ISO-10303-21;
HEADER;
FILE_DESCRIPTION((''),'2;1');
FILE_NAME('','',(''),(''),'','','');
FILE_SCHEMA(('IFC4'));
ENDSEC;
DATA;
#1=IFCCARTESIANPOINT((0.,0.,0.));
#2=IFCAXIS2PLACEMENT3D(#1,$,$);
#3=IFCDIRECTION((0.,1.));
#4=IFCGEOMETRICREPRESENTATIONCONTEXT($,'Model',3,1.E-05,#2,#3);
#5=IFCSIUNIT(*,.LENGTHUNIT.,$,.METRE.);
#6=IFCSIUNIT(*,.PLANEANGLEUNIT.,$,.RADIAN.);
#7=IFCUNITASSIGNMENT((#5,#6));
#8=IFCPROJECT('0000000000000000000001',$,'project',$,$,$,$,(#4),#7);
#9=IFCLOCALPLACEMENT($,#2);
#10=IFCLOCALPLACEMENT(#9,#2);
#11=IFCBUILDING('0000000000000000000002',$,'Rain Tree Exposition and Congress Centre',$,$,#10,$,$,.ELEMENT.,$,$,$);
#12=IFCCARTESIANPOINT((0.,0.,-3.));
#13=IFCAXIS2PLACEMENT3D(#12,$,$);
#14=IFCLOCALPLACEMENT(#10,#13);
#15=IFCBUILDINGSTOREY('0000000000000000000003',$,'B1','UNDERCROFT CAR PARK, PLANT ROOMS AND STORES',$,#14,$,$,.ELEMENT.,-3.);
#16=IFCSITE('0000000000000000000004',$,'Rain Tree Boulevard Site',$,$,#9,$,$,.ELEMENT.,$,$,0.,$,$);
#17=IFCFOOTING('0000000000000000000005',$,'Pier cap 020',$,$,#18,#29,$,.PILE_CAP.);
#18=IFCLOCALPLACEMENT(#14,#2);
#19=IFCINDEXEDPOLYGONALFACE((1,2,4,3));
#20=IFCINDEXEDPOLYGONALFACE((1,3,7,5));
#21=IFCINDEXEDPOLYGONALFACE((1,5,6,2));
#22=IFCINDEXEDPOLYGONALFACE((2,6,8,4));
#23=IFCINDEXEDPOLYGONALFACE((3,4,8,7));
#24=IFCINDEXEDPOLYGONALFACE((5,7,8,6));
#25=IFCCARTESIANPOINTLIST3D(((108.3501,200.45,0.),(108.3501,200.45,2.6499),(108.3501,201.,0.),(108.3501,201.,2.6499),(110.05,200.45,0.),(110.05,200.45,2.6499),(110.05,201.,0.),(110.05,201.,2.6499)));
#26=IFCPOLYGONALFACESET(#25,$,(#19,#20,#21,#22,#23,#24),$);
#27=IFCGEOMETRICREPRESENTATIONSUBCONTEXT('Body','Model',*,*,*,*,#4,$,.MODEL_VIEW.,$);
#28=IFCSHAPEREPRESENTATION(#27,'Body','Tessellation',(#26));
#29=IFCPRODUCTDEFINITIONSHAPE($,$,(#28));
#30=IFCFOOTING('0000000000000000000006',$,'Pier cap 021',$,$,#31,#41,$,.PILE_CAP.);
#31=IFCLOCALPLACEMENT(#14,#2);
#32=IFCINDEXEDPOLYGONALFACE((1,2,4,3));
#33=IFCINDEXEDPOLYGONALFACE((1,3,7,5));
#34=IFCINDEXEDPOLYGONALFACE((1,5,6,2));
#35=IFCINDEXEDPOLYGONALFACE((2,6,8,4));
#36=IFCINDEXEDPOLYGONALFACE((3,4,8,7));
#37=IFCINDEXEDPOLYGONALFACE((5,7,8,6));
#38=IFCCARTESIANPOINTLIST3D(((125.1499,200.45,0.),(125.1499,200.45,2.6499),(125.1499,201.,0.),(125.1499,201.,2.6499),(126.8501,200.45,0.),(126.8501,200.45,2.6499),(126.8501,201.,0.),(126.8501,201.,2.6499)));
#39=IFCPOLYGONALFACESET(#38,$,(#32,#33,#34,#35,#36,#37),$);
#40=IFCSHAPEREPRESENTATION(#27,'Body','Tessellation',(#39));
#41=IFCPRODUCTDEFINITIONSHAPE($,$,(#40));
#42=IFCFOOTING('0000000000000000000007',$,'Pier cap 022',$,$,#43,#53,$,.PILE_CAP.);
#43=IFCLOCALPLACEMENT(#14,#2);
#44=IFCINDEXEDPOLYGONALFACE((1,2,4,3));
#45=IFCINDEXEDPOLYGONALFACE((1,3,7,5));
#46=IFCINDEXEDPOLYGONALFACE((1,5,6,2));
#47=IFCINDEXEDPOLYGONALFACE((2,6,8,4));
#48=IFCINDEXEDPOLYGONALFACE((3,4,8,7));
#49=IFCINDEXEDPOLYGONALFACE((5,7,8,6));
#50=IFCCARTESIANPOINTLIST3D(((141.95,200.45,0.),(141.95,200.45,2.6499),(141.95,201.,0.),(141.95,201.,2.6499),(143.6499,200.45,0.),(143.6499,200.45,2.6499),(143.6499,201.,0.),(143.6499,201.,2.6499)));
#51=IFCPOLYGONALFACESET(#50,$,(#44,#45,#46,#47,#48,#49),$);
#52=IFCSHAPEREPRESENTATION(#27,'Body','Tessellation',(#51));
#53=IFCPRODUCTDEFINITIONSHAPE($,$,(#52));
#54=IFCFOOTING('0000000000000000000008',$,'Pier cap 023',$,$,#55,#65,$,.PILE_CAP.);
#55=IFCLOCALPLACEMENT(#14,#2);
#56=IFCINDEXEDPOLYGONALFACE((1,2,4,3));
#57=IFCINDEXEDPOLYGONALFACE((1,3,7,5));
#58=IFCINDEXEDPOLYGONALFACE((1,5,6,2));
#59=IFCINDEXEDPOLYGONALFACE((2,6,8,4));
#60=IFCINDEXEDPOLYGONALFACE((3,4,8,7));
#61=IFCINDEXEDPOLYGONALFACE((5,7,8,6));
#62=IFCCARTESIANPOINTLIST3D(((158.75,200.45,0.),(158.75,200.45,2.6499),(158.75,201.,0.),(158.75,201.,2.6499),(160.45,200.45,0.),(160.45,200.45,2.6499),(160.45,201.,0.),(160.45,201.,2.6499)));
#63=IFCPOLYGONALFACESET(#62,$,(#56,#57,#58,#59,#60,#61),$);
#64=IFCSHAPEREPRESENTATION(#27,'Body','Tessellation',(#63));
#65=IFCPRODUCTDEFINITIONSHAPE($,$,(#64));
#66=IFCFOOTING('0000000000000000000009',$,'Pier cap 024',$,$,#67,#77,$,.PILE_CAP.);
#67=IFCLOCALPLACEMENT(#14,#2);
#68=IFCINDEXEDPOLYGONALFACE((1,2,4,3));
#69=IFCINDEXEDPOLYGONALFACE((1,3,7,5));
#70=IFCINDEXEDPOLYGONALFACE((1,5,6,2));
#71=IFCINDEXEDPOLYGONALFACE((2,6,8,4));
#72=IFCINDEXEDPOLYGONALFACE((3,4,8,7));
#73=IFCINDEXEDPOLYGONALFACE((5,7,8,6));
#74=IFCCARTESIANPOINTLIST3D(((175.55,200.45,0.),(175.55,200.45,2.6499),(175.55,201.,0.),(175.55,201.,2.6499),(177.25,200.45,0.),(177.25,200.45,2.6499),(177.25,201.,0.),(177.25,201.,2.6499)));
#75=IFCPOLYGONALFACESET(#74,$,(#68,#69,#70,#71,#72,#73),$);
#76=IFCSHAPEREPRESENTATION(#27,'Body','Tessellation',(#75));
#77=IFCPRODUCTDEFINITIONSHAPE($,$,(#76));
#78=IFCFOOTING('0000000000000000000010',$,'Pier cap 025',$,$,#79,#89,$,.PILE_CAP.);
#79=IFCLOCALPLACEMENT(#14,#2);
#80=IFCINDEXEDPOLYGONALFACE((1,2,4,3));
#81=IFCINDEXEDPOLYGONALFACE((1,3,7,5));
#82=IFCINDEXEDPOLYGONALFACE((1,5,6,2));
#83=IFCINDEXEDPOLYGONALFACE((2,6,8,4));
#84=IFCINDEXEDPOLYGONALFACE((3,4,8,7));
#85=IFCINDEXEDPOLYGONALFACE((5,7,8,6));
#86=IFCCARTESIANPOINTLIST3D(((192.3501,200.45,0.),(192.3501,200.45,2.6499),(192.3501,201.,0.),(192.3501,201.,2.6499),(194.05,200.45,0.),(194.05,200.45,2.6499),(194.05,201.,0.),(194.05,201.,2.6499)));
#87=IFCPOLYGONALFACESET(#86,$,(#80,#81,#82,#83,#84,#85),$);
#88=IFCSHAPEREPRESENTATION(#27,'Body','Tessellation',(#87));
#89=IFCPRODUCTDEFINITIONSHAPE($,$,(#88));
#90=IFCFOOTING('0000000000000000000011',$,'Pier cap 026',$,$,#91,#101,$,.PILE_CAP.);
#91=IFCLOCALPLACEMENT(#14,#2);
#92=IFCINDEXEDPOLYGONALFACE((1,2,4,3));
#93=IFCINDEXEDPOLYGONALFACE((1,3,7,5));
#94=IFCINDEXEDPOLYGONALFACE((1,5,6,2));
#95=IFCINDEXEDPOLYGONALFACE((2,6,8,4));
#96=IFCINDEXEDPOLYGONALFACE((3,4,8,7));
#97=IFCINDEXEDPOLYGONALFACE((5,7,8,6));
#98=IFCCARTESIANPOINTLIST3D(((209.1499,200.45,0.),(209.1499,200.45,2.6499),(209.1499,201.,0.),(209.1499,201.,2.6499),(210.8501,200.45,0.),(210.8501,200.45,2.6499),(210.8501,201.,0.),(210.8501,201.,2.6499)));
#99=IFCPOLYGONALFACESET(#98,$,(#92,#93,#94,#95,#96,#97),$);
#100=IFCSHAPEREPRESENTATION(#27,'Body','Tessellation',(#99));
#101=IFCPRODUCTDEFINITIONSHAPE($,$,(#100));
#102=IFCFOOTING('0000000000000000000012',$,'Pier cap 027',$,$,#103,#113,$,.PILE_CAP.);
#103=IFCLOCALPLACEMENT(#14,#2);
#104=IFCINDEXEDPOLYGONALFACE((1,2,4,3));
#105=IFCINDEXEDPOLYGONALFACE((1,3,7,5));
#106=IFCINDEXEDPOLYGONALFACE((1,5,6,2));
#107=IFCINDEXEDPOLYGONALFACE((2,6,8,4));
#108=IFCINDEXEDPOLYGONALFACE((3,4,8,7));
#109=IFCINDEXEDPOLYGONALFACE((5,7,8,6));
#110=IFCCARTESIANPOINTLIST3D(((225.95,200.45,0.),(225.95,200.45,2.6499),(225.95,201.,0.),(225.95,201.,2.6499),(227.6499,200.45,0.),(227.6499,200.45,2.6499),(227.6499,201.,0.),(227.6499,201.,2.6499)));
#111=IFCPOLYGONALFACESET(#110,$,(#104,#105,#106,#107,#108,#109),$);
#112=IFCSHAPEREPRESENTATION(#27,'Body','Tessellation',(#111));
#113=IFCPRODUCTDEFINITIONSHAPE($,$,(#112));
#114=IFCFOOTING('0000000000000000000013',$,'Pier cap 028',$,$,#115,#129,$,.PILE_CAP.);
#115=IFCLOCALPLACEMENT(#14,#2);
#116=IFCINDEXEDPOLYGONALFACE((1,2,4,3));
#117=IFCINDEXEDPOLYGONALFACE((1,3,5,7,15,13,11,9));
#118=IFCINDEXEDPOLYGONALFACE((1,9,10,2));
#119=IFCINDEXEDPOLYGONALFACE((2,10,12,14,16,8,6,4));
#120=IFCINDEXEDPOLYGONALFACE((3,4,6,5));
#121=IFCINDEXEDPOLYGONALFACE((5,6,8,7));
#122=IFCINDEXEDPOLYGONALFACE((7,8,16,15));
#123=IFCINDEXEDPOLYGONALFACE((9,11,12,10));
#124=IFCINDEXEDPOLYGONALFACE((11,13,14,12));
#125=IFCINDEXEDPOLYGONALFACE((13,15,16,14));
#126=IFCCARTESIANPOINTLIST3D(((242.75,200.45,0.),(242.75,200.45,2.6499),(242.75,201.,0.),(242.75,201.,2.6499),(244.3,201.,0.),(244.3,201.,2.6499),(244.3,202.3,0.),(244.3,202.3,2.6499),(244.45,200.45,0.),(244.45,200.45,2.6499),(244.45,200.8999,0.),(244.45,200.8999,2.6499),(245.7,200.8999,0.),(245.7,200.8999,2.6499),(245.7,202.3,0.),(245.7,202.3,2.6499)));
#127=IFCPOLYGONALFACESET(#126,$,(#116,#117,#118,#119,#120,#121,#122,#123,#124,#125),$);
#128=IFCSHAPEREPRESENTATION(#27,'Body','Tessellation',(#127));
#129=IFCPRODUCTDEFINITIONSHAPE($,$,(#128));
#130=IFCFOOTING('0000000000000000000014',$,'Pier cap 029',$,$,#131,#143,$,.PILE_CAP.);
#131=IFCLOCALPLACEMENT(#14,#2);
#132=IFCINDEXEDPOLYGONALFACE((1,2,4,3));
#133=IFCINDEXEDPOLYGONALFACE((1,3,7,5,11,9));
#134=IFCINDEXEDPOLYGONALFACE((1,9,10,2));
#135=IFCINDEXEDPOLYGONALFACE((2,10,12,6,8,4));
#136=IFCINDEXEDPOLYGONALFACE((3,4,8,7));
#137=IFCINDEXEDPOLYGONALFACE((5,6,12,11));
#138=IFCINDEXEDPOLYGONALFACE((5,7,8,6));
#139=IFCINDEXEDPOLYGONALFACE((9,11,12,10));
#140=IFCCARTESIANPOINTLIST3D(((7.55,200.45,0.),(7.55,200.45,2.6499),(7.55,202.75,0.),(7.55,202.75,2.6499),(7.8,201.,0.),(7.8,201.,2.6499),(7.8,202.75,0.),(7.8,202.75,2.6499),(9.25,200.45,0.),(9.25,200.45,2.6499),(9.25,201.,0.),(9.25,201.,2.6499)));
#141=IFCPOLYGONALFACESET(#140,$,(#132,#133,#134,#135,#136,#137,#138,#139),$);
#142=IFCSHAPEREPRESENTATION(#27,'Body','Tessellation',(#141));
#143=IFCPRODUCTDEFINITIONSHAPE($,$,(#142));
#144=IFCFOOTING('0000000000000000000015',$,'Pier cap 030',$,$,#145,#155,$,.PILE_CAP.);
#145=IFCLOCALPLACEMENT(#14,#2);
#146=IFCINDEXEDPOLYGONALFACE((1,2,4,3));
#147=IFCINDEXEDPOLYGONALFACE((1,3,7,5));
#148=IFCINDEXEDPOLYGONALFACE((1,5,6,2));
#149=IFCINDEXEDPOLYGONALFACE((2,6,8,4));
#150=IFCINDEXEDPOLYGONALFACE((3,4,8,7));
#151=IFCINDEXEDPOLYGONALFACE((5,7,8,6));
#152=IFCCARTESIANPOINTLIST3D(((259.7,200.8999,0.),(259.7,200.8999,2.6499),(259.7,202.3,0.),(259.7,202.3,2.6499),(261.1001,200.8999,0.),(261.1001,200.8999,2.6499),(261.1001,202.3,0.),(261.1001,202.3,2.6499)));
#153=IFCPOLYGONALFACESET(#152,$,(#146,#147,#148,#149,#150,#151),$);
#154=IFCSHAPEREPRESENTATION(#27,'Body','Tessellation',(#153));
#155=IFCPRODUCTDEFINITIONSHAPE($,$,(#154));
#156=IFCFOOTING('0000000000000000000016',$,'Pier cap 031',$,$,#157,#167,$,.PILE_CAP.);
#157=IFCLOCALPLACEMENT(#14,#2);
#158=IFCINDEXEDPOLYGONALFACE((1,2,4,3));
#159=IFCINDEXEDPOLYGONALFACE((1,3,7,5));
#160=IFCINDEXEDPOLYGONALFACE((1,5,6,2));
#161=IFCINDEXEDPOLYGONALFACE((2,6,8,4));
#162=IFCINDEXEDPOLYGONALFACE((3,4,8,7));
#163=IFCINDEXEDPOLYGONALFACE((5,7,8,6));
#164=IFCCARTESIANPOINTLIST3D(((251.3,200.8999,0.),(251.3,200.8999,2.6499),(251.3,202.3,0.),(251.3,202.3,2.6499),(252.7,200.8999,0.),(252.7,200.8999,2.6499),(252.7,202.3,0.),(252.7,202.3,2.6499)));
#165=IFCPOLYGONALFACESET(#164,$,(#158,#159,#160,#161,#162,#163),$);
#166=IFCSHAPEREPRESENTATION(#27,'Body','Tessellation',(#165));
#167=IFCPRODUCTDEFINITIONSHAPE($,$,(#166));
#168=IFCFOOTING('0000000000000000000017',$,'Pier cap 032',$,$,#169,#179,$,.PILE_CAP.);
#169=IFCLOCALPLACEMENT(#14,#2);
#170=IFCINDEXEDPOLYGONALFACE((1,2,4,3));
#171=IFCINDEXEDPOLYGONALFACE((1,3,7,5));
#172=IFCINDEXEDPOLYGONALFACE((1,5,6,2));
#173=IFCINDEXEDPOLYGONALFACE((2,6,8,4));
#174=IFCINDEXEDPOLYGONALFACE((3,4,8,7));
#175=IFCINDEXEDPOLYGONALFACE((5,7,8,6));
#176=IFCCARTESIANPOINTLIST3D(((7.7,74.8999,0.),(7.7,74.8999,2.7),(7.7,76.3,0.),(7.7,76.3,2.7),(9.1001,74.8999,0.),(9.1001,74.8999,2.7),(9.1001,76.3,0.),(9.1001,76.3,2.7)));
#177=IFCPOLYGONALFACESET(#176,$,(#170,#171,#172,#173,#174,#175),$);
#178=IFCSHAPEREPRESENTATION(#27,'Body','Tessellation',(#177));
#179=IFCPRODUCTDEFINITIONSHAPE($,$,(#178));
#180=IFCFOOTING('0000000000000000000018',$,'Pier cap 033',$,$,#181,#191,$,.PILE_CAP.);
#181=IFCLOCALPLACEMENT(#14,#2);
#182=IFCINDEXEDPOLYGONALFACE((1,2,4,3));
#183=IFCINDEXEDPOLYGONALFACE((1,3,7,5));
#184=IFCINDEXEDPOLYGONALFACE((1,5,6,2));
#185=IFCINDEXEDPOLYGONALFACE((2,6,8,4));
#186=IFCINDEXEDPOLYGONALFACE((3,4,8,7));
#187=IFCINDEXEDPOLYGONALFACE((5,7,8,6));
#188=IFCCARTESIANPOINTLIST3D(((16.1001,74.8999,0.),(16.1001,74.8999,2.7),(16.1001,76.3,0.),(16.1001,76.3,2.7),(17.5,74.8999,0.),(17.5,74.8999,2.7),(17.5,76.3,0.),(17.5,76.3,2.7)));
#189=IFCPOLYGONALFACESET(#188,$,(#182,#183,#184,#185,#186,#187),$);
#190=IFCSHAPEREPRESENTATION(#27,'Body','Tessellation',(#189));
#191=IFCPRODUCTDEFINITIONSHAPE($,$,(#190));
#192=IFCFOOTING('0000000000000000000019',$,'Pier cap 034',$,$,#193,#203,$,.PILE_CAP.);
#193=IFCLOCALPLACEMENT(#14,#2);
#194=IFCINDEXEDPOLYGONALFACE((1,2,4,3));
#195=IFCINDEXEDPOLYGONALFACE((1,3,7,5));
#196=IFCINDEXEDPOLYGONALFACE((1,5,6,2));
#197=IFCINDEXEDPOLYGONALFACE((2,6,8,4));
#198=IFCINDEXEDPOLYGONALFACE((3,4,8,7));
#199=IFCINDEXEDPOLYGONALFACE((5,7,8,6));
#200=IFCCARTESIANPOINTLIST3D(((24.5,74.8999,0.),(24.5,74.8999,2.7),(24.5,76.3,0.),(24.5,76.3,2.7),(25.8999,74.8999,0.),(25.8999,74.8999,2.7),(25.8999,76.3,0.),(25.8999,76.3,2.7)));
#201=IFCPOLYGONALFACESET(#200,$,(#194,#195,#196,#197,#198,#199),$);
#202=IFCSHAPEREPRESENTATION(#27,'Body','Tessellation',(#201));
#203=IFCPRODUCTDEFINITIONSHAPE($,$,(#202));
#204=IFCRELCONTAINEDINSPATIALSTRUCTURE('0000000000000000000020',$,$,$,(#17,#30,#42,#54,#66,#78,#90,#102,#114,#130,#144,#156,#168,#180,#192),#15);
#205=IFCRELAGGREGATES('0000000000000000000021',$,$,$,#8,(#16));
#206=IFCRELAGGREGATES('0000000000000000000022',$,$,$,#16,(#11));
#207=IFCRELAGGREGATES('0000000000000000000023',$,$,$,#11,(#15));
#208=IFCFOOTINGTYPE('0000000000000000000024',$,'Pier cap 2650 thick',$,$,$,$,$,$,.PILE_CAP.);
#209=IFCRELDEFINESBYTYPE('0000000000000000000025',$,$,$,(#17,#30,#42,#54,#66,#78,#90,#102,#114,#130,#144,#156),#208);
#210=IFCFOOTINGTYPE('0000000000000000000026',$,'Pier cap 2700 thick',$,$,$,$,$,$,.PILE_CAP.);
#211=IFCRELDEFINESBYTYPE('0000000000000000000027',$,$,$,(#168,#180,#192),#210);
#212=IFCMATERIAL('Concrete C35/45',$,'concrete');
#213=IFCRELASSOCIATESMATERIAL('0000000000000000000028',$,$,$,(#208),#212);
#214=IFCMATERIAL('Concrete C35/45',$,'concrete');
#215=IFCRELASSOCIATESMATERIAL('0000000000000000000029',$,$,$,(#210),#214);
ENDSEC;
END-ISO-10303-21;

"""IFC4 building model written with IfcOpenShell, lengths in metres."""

from ifc_helpers import new_model, si_unit, direction, frame, origin, place, context, subcontext, project, spatial, polyline, outline, extrude, material, type_object, element, save


model = new_model("IFC4")

# Units and contexts
model_context = context("Model", 3, precision=1e-05, world=origin(), true_north=direction((0.0, 1.0)))
body_context = subcontext(model_context, "Body", "Model", "MODEL_VIEW")
ifc_project = project(units=[si_unit("LENGTHUNIT", "METRE"), si_unit("PLANEANGLEUNIT", "RADIAN")], contexts=[model_context])

# Site, building, storey
site_placement = place(None, origin())
site = spatial("IfcSite", under=ifc_project, at=site_placement, Name="Rain Tree Boulevard Site", CompositionType="ELEMENT", RefElevation=0.0)
building_placement = place(site_placement, origin())
building = spatial("IfcBuilding", under=site, at=building_placement, Name="Rain Tree Exposition and Congress Centre", CompositionType="ELEMENT")
storey_placement = place(building_placement, frame((0.0, 0.0, -3.0)))
storey = spatial("IfcBuildingStorey", under=building, at=storey_placement, Name="B1", Description="UNDERCROFT CAR PARK, PLANT ROOMS AND STORES", CompositionType="ELEMENT", Elevation=-3.0)

# Footings
ifc_material_1 = material(Name="Concrete C35/45", Category="concrete")
footing_type_1 = type_object("IfcFootingType", Name="Pier cap 2650 thick", PredefinedType="PILE_CAP", material=ifc_material_1)
footing_1_placement = place(storey_placement, origin())
element("IfcFooting", 1, at=footing_1_placement, inside=storey, type_object=footing_type_1, Name="Pier cap 020", PredefinedType="PILE_CAP", context=body_context, shape_type="SweptSolid", body=[
    extrude(outline(polyline([(108.3501, 201.0), (108.3501, 200.45), (110.05, 200.45), (110.05, 201.0), (108.3501, 201.0)])), origin(), (0.0, 0.0, 1.0), 2.6499),
])
footing_2_placement = place(storey_placement, origin())
element("IfcFooting", 2, at=footing_2_placement, inside=storey, type_object=footing_type_1, Name="Pier cap 021", PredefinedType="PILE_CAP", context=body_context, shape_type="SweptSolid", body=[
    extrude(outline(polyline([(125.1499, 201.0), (125.1499, 200.45), (126.8501, 200.45), (126.8501, 201.0), (125.1499, 201.0)])), origin(), (0.0, 0.0, 1.0), 2.6499),
])
footing_3_placement = place(storey_placement, origin())
element("IfcFooting", 3, at=footing_3_placement, inside=storey, type_object=footing_type_1, Name="Pier cap 022", PredefinedType="PILE_CAP", context=body_context, shape_type="SweptSolid", body=[
    extrude(outline(polyline([(141.95, 201.0), (141.95, 200.45), (143.6499, 200.45), (143.6499, 201.0), (141.95, 201.0)])), origin(), (0.0, 0.0, 1.0), 2.6499),
])
footing_4_placement = place(storey_placement, origin())
element("IfcFooting", 4, at=footing_4_placement, inside=storey, type_object=footing_type_1, Name="Pier cap 023", PredefinedType="PILE_CAP", context=body_context, shape_type="SweptSolid", body=[
    extrude(outline(polyline([(158.75, 201.0), (158.75, 200.45), (160.45, 200.45), (160.45, 201.0), (158.75, 201.0)])), origin(), (0.0, 0.0, 1.0), 2.6499),
])
footing_5_placement = place(storey_placement, origin())
element("IfcFooting", 5, at=footing_5_placement, inside=storey, type_object=footing_type_1, Name="Pier cap 024", PredefinedType="PILE_CAP", context=body_context, shape_type="SweptSolid", body=[
    extrude(outline(polyline([(175.55, 201.0), (175.55, 200.45), (177.25, 200.45), (177.25, 201.0), (175.55, 201.0)])), origin(), (0.0, 0.0, 1.0), 2.6499),
])
footing_6_placement = place(storey_placement, origin())
element("IfcFooting", 6, at=footing_6_placement, inside=storey, type_object=footing_type_1, Name="Pier cap 025", PredefinedType="PILE_CAP", context=body_context, shape_type="SweptSolid", body=[
    extrude(outline(polyline([(192.3501, 201.0), (192.3501, 200.45), (194.05, 200.45), (194.05, 201.0), (192.3501, 201.0)])), origin(), (0.0, 0.0, 1.0), 2.6499),
])
footing_7_placement = place(storey_placement, origin())
element("IfcFooting", 7, at=footing_7_placement, inside=storey, type_object=footing_type_1, Name="Pier cap 026", PredefinedType="PILE_CAP", context=body_context, shape_type="SweptSolid", body=[
    extrude(outline(polyline([(209.1499, 201.0), (209.1499, 200.45), (210.8501, 200.45), (210.8501, 201.0), (209.1499, 201.0)])), origin(), (0.0, 0.0, 1.0), 2.6499),
])
footing_8_placement = place(storey_placement, origin())
element("IfcFooting", 8, at=footing_8_placement, inside=storey, type_object=footing_type_1, Name="Pier cap 027", PredefinedType="PILE_CAP", context=body_context, shape_type="SweptSolid", body=[
    extrude(outline(polyline([(225.95, 201.0), (225.95, 200.45), (227.6499, 200.45), (227.6499, 201.0), (225.95, 201.0)])), origin(), (0.0, 0.0, 1.0), 2.6499),
])
footing_9_placement = place(storey_placement, origin())
element("IfcFooting", 9, at=footing_9_placement, inside=storey, type_object=footing_type_1, Name="Pier cap 028", PredefinedType="PILE_CAP", context=body_context, shape_type="SweptSolid", body=[
    extrude(outline(polyline([(244.3, 201.0), (242.75, 201.0), (242.75, 200.45), (244.45, 200.45), (244.45, 200.8999), (245.7, 200.8999), (245.7, 202.3), (244.3, 202.3), (244.3, 201.0)])), origin(), (0.0, 0.0, 1.0), 2.6499),
])
footing_10_placement = place(storey_placement, origin())
element("IfcFooting", 10, at=footing_10_placement, inside=storey, type_object=footing_type_1, Name="Pier cap 029", PredefinedType="PILE_CAP", context=body_context, shape_type="SweptSolid", body=[
    extrude(outline(polyline([(7.55, 202.75), (7.55, 200.45), (9.25, 200.45), (9.25, 201.0), (7.8, 201.0), (7.8, 202.75), (7.55, 202.75)])), origin(), (0.0, 0.0, 1.0), 2.6499),
])
footing_11_placement = place(storey_placement, origin())
element("IfcFooting", 11, at=footing_11_placement, inside=storey, type_object=footing_type_1, Name="Pier cap 030", PredefinedType="PILE_CAP", context=body_context, shape_type="SweptSolid", body=[
    extrude(outline(polyline([(259.7, 200.8999), (261.1001, 200.8999), (261.1001, 202.3), (259.7, 202.3), (259.7, 200.8999)])), origin(), (0.0, 0.0, 1.0), 2.6499),
])
footing_12_placement = place(storey_placement, origin())
element("IfcFooting", 12, at=footing_12_placement, inside=storey, type_object=footing_type_1, Name="Pier cap 031", PredefinedType="PILE_CAP", context=body_context, shape_type="SweptSolid", body=[
    extrude(outline(polyline([(251.3, 200.8999), (252.7, 200.8999), (252.7, 202.3), (251.3, 202.3), (251.3, 200.8999)])), origin(), (0.0, 0.0, 1.0), 2.6499),
])
ifc_material_2 = material(Name="Concrete C35/45", Category="concrete")
footing_type_2 = type_object("IfcFootingType", Name="Pier cap 2700 thick", PredefinedType="PILE_CAP", material=ifc_material_2)
footing_13_placement = place(storey_placement, origin())
element("IfcFooting", 13, at=footing_13_placement, inside=storey, type_object=footing_type_2, Name="Pier cap 032", PredefinedType="PILE_CAP", context=body_context, shape_type="SweptSolid", body=[
    extrude(outline(polyline([(7.7, 74.8999), (9.1001, 74.8999), (9.1001, 76.3), (7.7, 76.3), (7.7, 74.8999)])), origin(), (0.0, 0.0, 1.0), 2.7),
])
footing_14_placement = place(storey_placement, origin())
element("IfcFooting", 14, at=footing_14_placement, inside=storey, type_object=footing_type_2, Name="Pier cap 033", PredefinedType="PILE_CAP", context=body_context, shape_type="SweptSolid", body=[
    extrude(outline(polyline([(16.1001, 74.8999), (17.5, 74.8999), (17.5, 76.3), (16.1001, 76.3), (16.1001, 74.8999)])), origin(), (0.0, 0.0, 1.0), 2.7),
])
footing_15_placement = place(storey_placement, origin())
element("IfcFooting", 15, at=footing_15_placement, inside=storey, type_object=footing_type_2, Name="Pier cap 034", PredefinedType="PILE_CAP", context=body_context, shape_type="SweptSolid", body=[
    extrude(outline(polyline([(24.5, 74.8999), (25.8999, 74.8999), (25.8999, 76.3), (24.5, 76.3), (24.5, 74.8999)])), origin(), (0.0, 0.0, 1.0), 2.7),
])

save(model, "model.ifc")
